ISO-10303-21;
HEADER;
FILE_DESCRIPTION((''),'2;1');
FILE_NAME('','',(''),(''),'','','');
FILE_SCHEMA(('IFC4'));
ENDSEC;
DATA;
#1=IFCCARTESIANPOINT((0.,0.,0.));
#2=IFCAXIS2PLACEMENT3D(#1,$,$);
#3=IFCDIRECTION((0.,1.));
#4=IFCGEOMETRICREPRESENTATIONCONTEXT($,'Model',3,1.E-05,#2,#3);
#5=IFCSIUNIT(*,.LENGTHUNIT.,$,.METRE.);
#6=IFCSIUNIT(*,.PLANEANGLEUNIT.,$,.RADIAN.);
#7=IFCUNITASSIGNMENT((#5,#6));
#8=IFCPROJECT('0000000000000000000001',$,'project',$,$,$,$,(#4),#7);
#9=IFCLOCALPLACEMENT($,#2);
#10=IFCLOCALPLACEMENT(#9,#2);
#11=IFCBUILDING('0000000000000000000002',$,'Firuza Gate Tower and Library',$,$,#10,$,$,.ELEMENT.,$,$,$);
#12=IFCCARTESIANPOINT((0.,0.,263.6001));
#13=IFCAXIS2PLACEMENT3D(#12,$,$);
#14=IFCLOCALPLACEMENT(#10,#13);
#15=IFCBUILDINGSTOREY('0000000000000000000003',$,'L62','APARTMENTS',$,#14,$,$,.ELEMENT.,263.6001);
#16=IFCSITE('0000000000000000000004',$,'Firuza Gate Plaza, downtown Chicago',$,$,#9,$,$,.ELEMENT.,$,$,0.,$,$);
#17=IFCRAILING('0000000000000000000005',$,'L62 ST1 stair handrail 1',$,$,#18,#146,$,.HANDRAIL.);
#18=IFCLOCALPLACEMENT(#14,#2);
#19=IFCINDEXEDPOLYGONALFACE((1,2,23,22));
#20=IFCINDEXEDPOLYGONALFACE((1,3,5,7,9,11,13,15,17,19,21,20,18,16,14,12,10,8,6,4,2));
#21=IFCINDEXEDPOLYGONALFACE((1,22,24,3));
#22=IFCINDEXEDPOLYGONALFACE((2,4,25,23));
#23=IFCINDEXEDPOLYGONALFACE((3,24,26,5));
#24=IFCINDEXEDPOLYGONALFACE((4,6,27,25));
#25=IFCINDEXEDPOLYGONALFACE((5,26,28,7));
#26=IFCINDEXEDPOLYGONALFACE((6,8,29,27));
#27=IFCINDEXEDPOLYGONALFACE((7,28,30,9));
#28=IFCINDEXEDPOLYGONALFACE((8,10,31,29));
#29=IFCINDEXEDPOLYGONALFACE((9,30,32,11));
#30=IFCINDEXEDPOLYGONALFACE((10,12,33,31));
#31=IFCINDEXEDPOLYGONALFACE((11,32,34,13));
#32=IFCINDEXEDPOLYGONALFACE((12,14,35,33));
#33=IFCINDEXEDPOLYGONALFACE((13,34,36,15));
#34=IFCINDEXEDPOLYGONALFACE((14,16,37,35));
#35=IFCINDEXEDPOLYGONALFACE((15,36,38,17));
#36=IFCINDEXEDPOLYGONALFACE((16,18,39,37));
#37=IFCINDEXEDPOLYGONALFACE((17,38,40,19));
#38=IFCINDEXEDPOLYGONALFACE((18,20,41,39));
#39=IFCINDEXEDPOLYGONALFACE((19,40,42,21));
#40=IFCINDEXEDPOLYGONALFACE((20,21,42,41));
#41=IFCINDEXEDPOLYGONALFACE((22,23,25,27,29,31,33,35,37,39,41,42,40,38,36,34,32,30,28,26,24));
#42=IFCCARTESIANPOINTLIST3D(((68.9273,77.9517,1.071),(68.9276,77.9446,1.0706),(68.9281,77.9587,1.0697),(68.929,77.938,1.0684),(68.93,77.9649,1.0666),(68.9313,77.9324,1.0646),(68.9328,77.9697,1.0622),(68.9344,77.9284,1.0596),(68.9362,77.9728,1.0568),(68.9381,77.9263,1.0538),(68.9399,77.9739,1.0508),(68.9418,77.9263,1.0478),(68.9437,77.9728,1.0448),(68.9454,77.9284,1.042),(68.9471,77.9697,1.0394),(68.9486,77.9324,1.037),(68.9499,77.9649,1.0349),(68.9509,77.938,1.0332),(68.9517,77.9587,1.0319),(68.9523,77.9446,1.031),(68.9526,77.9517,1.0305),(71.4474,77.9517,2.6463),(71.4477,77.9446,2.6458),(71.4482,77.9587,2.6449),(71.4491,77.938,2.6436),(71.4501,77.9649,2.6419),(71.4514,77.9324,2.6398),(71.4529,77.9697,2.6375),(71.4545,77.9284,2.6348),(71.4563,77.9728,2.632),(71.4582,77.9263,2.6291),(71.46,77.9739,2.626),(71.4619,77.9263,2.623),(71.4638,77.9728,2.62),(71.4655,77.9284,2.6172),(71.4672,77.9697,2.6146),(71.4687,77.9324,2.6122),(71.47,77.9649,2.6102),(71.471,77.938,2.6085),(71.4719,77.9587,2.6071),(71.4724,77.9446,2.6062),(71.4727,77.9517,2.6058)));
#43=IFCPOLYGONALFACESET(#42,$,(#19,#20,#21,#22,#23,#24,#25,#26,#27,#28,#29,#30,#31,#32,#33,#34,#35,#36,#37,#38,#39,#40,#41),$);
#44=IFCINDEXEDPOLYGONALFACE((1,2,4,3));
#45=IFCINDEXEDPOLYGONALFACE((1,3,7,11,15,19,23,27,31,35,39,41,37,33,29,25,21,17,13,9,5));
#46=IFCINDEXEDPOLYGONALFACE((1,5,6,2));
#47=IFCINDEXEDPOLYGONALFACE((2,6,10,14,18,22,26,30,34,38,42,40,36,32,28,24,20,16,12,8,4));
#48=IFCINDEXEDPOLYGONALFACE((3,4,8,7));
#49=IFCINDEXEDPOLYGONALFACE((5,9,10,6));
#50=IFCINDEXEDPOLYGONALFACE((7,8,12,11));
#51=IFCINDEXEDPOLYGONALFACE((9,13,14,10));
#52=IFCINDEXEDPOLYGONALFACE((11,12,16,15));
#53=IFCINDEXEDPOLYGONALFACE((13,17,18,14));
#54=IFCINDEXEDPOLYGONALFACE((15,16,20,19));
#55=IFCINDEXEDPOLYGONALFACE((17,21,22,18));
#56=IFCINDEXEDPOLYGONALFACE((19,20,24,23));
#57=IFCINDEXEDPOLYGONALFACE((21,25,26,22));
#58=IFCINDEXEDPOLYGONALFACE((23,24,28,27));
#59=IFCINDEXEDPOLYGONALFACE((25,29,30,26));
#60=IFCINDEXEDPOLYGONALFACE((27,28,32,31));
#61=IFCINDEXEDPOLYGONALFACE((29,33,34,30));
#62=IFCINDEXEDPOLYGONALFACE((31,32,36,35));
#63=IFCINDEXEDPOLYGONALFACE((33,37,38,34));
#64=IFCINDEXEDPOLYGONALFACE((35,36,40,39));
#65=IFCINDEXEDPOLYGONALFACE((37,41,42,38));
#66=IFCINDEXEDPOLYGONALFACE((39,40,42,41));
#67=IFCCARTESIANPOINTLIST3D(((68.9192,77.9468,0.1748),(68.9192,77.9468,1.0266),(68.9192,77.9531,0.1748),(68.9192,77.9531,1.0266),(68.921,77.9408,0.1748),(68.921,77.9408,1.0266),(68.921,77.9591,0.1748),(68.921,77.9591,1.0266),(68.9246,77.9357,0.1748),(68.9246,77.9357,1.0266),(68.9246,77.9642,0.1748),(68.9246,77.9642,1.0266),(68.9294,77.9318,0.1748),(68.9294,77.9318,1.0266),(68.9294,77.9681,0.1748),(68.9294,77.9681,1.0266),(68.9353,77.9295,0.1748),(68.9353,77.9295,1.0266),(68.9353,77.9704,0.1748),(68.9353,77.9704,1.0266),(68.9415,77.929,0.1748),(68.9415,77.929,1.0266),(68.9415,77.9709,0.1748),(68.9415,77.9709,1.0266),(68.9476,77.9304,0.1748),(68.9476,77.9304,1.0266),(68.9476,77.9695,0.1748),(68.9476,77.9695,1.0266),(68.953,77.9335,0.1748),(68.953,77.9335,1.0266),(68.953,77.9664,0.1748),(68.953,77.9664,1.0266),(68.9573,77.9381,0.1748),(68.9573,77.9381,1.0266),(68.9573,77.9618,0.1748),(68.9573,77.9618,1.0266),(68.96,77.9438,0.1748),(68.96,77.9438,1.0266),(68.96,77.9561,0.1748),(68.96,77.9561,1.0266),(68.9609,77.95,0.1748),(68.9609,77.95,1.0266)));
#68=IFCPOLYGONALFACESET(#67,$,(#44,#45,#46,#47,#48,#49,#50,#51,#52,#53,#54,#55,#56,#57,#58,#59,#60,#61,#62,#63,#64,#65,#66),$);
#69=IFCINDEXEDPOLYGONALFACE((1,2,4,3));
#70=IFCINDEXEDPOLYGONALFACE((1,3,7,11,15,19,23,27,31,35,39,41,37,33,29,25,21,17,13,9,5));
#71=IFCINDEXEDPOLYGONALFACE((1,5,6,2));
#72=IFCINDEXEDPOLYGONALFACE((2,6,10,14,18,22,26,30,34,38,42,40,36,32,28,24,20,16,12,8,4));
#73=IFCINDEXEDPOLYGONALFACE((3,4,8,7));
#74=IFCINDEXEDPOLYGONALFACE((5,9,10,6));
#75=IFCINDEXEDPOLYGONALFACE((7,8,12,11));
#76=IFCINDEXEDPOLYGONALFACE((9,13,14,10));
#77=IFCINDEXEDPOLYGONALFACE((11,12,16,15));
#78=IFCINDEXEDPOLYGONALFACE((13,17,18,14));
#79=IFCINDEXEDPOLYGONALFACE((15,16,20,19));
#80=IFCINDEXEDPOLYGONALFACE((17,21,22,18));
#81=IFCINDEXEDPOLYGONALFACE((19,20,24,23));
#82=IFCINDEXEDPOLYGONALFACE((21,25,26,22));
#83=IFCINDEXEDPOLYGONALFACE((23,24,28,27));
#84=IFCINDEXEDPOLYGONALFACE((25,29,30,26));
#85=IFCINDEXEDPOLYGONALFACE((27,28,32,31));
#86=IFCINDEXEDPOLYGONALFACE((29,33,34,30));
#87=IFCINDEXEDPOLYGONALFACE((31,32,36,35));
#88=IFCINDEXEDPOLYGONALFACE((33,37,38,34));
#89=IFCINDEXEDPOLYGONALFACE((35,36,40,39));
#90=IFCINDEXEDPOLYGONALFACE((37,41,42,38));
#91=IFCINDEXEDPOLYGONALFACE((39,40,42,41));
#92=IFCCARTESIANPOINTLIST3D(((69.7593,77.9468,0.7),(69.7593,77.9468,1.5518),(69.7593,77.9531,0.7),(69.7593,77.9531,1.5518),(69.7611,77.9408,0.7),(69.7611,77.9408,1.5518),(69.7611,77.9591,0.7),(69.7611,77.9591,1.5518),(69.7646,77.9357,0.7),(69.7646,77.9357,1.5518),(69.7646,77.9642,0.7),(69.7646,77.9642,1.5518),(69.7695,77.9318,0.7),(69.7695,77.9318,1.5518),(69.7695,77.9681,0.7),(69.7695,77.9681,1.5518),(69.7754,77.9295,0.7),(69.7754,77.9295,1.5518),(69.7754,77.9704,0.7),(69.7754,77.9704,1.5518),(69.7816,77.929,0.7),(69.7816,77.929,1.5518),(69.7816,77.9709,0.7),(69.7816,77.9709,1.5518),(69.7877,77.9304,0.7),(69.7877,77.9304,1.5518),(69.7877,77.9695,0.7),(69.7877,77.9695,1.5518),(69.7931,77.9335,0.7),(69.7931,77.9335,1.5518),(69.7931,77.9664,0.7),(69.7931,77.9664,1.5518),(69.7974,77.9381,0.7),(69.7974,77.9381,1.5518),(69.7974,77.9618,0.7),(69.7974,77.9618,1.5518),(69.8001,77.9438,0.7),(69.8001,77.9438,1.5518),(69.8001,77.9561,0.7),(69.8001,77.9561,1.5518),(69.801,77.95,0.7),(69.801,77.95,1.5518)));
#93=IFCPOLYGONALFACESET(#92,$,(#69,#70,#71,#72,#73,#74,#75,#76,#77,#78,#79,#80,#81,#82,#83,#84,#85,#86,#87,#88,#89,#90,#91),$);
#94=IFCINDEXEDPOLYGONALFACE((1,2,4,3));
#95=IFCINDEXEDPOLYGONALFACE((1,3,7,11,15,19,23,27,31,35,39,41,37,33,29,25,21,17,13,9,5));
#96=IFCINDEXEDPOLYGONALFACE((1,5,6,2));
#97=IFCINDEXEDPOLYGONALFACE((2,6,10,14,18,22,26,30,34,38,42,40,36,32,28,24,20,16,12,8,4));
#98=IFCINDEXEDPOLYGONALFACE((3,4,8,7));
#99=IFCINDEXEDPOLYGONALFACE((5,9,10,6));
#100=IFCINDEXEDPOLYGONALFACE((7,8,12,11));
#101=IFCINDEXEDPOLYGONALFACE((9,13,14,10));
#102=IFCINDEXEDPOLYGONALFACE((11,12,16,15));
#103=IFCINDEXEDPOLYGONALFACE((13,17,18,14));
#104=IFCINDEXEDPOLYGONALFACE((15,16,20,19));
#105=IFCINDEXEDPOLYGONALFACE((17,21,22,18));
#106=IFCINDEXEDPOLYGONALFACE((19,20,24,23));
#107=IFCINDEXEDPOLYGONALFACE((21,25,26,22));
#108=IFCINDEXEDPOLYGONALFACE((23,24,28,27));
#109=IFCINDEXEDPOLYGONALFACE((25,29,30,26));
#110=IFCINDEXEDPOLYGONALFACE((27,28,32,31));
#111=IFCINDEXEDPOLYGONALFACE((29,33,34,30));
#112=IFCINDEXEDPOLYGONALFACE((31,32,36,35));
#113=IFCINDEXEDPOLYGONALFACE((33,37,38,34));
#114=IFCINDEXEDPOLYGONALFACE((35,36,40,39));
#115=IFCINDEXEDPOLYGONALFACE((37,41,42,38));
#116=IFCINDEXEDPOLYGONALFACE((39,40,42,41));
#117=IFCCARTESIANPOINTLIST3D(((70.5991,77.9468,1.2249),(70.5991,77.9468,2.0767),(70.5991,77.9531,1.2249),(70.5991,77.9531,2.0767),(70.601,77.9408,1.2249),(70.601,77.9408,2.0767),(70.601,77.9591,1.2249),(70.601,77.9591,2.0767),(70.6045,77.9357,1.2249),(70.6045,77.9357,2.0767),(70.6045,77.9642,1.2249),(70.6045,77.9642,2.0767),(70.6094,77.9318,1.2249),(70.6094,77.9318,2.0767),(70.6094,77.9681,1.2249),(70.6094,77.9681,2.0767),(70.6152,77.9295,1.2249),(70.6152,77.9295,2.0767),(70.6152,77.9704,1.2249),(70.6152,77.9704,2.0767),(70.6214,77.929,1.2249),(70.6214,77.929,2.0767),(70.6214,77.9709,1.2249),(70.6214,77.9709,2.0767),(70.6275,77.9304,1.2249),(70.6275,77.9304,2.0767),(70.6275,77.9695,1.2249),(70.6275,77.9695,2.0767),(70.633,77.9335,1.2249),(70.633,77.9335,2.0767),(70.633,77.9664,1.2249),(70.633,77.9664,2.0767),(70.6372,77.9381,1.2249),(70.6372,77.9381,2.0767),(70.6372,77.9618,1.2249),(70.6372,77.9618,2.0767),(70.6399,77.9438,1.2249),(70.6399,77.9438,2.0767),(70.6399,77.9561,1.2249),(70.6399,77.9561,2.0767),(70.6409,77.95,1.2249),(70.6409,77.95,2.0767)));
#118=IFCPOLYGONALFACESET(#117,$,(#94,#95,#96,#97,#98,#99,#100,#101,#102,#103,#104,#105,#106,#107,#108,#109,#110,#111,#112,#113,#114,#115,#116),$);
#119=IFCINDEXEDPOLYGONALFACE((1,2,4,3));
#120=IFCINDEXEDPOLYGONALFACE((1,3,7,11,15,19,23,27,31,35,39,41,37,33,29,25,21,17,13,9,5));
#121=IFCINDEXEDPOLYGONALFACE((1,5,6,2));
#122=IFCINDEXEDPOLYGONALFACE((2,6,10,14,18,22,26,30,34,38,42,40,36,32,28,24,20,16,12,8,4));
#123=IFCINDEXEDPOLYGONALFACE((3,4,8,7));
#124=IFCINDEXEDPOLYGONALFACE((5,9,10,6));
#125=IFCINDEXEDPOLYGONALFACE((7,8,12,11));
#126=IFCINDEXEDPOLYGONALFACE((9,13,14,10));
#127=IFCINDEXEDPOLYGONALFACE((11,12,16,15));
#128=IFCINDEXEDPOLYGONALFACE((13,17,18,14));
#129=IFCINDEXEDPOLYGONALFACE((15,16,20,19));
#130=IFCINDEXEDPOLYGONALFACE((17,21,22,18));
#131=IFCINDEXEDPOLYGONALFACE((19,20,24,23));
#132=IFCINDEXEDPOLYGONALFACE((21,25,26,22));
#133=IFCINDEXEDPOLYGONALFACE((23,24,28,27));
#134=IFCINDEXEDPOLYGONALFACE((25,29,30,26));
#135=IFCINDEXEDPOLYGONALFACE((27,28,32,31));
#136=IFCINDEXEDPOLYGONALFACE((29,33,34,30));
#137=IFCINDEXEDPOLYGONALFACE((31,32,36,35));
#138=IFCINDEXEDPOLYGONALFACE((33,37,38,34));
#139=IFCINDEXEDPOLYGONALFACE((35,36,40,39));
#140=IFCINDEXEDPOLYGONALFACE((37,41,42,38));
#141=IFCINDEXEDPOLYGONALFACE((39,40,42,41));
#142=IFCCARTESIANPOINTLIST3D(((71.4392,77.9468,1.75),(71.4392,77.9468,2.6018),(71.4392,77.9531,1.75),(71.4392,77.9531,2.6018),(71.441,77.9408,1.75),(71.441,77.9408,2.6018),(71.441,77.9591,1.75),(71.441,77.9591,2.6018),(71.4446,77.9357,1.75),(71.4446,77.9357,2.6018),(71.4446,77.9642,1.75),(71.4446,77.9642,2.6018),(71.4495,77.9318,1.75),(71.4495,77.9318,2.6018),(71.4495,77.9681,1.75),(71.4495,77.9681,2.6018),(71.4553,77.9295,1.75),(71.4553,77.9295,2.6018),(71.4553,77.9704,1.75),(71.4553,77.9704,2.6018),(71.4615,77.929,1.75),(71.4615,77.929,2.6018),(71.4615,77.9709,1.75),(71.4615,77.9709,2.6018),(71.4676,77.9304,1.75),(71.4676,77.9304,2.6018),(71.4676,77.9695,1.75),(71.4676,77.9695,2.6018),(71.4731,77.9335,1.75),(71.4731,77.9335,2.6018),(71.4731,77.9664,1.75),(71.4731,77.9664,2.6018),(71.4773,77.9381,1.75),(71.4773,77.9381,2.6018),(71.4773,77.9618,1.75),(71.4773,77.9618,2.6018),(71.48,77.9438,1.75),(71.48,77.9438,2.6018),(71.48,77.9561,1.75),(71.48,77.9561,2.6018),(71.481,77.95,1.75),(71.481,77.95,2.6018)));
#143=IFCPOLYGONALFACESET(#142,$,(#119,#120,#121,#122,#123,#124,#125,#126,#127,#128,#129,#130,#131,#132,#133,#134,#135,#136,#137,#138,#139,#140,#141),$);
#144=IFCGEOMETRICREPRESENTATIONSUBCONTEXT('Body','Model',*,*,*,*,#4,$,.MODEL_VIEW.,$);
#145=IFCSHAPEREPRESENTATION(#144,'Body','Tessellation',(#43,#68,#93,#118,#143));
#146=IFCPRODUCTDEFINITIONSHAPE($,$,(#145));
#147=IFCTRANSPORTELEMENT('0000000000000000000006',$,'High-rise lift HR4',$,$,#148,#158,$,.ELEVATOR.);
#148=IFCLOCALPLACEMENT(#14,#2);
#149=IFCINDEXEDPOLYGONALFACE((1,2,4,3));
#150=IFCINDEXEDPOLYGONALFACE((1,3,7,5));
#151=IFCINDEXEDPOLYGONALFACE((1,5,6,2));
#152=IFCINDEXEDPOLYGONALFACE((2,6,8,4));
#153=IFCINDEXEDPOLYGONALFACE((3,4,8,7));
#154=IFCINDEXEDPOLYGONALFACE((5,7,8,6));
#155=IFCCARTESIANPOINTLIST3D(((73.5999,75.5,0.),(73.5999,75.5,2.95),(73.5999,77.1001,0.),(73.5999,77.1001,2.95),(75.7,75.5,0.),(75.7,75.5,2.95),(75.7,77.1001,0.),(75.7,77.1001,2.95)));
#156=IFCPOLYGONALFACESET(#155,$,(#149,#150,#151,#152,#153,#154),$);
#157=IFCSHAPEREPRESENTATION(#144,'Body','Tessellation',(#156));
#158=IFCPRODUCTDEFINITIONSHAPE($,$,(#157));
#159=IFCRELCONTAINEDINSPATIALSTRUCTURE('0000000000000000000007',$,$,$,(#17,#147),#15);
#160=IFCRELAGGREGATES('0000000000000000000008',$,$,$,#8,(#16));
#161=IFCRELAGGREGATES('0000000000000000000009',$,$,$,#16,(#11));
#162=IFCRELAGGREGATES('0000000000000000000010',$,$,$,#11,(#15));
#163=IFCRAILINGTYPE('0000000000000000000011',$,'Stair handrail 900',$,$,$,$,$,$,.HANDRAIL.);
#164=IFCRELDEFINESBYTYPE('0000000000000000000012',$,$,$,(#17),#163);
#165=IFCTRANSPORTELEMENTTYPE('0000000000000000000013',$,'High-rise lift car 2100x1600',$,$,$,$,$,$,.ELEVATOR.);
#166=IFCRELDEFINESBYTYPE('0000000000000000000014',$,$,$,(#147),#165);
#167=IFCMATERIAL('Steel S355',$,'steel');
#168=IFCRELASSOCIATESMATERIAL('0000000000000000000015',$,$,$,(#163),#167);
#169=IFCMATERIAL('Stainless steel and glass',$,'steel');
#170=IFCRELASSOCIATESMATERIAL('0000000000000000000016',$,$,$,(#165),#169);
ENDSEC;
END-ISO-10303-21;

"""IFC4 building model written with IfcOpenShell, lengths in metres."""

from ifc_helpers import new_model, si_unit, direction, frame, origin, origin_2d, place, context, subcontext, project, spatial, rectangle, circle, extrude, material, type_object, element, save


model = new_model("IFC4")

# Units and contexts
model_context = context("Model", 3, precision=1e-05, world=origin(), true_north=direction((0.0, 1.0)))
body_context = subcontext(model_context, "Body", "Model", "MODEL_VIEW")
ifc_project = project(units=[si_unit("LENGTHUNIT", "METRE"), si_unit("PLANEANGLEUNIT", "RADIAN")], contexts=[model_context])

# Site, building, storey
site_placement = place(None, origin())
site = spatial("IfcSite", under=ifc_project, at=site_placement, Name="Firuza Gate Plaza, downtown Chicago", CompositionType="ELEMENT", RefElevation=0.0)
building_placement = place(site_placement, origin())
building = spatial("IfcBuilding", under=site, at=building_placement, Name="Firuza Gate Tower and Library", CompositionType="ELEMENT")
storey_placement = place(building_placement, frame((0.0, 0.0, 263.6001)))
storey = spatial("IfcBuildingStorey", under=building, at=storey_placement, Name="L62", Description="APARTMENTS", CompositionType="ELEMENT", Elevation=263.6001)

# Railing
ifc_material_1 = material(Name="Steel S355", Category="steel")
railing_type_1 = type_object("IfcRailingType", Name="Stair handrail 900", PredefinedType="HANDRAIL", material=ifc_material_1)
railing_1_placement = place(storey_placement, frame((68.9399, 77.95, 0.1748)))
element("IfcRailing", 1, at=railing_1_placement, inside=storey, type_object=railing_type_1, Name="L62 ST1 stair handrail 1", PredefinedType="HANDRAIL", context=body_context, shape_type="SweptSolid", body=[
    extrude(circle(Radius=0.0239, at=origin_2d()), frame((0.0, 0.0, 0.876), z_axis=(0.847971, 0.0, 0.530043), x_axis=(0.0, 1.0, 0.0)), (0.0, 0.0, 1.0), 2.9719),
    extrude(circle(Radius=0.021, at=origin_2d()), origin(), (0.0, 0.0, 1.0), 0.8518),
    extrude(circle(Radius=0.021, at=origin_2d()), frame((0.8401, 0.0, 0.5251)), (0.0, 0.0, 1.0), 0.8518),
    extrude(circle(Radius=0.021, at=origin_2d()), frame((1.6799, 0.0, 1.05)), (0.0, 0.0, 1.0), 0.8518),
    extrude(circle(Radius=0.021, at=origin_2d()), frame((2.52, 0.0, 1.5752)), (0.0, 0.0, 1.0), 0.8518),
])

# Transport element
ifc_material_2 = material(Name="Stainless steel and glass", Category="steel")
transport_element_type = type_object("IfcTransportElementType", Name="High-rise lift car 2100x1600", PredefinedType="ELEVATOR", material=ifc_material_2)
transport_element_placement = place(storey_placement, frame((74.6499, 76.3, 0.0), z_axis=(0.0, 0.0, 1.0), x_axis=(1.0, 0.0, 0.0)))
element("IfcTransportElement", 2, at=transport_element_placement, inside=storey, type_object=transport_element_type, Name="High-rise lift HR4", PredefinedType="ELEVATOR", context=body_context, shape_type="SweptSolid", body=[
    extrude(rectangle(XDim=2.1001, YDim=1.6001, at=origin_2d()), origin(), (0.0, 0.0, 1.0), 2.95),
])

save(model, "model.ifc")
